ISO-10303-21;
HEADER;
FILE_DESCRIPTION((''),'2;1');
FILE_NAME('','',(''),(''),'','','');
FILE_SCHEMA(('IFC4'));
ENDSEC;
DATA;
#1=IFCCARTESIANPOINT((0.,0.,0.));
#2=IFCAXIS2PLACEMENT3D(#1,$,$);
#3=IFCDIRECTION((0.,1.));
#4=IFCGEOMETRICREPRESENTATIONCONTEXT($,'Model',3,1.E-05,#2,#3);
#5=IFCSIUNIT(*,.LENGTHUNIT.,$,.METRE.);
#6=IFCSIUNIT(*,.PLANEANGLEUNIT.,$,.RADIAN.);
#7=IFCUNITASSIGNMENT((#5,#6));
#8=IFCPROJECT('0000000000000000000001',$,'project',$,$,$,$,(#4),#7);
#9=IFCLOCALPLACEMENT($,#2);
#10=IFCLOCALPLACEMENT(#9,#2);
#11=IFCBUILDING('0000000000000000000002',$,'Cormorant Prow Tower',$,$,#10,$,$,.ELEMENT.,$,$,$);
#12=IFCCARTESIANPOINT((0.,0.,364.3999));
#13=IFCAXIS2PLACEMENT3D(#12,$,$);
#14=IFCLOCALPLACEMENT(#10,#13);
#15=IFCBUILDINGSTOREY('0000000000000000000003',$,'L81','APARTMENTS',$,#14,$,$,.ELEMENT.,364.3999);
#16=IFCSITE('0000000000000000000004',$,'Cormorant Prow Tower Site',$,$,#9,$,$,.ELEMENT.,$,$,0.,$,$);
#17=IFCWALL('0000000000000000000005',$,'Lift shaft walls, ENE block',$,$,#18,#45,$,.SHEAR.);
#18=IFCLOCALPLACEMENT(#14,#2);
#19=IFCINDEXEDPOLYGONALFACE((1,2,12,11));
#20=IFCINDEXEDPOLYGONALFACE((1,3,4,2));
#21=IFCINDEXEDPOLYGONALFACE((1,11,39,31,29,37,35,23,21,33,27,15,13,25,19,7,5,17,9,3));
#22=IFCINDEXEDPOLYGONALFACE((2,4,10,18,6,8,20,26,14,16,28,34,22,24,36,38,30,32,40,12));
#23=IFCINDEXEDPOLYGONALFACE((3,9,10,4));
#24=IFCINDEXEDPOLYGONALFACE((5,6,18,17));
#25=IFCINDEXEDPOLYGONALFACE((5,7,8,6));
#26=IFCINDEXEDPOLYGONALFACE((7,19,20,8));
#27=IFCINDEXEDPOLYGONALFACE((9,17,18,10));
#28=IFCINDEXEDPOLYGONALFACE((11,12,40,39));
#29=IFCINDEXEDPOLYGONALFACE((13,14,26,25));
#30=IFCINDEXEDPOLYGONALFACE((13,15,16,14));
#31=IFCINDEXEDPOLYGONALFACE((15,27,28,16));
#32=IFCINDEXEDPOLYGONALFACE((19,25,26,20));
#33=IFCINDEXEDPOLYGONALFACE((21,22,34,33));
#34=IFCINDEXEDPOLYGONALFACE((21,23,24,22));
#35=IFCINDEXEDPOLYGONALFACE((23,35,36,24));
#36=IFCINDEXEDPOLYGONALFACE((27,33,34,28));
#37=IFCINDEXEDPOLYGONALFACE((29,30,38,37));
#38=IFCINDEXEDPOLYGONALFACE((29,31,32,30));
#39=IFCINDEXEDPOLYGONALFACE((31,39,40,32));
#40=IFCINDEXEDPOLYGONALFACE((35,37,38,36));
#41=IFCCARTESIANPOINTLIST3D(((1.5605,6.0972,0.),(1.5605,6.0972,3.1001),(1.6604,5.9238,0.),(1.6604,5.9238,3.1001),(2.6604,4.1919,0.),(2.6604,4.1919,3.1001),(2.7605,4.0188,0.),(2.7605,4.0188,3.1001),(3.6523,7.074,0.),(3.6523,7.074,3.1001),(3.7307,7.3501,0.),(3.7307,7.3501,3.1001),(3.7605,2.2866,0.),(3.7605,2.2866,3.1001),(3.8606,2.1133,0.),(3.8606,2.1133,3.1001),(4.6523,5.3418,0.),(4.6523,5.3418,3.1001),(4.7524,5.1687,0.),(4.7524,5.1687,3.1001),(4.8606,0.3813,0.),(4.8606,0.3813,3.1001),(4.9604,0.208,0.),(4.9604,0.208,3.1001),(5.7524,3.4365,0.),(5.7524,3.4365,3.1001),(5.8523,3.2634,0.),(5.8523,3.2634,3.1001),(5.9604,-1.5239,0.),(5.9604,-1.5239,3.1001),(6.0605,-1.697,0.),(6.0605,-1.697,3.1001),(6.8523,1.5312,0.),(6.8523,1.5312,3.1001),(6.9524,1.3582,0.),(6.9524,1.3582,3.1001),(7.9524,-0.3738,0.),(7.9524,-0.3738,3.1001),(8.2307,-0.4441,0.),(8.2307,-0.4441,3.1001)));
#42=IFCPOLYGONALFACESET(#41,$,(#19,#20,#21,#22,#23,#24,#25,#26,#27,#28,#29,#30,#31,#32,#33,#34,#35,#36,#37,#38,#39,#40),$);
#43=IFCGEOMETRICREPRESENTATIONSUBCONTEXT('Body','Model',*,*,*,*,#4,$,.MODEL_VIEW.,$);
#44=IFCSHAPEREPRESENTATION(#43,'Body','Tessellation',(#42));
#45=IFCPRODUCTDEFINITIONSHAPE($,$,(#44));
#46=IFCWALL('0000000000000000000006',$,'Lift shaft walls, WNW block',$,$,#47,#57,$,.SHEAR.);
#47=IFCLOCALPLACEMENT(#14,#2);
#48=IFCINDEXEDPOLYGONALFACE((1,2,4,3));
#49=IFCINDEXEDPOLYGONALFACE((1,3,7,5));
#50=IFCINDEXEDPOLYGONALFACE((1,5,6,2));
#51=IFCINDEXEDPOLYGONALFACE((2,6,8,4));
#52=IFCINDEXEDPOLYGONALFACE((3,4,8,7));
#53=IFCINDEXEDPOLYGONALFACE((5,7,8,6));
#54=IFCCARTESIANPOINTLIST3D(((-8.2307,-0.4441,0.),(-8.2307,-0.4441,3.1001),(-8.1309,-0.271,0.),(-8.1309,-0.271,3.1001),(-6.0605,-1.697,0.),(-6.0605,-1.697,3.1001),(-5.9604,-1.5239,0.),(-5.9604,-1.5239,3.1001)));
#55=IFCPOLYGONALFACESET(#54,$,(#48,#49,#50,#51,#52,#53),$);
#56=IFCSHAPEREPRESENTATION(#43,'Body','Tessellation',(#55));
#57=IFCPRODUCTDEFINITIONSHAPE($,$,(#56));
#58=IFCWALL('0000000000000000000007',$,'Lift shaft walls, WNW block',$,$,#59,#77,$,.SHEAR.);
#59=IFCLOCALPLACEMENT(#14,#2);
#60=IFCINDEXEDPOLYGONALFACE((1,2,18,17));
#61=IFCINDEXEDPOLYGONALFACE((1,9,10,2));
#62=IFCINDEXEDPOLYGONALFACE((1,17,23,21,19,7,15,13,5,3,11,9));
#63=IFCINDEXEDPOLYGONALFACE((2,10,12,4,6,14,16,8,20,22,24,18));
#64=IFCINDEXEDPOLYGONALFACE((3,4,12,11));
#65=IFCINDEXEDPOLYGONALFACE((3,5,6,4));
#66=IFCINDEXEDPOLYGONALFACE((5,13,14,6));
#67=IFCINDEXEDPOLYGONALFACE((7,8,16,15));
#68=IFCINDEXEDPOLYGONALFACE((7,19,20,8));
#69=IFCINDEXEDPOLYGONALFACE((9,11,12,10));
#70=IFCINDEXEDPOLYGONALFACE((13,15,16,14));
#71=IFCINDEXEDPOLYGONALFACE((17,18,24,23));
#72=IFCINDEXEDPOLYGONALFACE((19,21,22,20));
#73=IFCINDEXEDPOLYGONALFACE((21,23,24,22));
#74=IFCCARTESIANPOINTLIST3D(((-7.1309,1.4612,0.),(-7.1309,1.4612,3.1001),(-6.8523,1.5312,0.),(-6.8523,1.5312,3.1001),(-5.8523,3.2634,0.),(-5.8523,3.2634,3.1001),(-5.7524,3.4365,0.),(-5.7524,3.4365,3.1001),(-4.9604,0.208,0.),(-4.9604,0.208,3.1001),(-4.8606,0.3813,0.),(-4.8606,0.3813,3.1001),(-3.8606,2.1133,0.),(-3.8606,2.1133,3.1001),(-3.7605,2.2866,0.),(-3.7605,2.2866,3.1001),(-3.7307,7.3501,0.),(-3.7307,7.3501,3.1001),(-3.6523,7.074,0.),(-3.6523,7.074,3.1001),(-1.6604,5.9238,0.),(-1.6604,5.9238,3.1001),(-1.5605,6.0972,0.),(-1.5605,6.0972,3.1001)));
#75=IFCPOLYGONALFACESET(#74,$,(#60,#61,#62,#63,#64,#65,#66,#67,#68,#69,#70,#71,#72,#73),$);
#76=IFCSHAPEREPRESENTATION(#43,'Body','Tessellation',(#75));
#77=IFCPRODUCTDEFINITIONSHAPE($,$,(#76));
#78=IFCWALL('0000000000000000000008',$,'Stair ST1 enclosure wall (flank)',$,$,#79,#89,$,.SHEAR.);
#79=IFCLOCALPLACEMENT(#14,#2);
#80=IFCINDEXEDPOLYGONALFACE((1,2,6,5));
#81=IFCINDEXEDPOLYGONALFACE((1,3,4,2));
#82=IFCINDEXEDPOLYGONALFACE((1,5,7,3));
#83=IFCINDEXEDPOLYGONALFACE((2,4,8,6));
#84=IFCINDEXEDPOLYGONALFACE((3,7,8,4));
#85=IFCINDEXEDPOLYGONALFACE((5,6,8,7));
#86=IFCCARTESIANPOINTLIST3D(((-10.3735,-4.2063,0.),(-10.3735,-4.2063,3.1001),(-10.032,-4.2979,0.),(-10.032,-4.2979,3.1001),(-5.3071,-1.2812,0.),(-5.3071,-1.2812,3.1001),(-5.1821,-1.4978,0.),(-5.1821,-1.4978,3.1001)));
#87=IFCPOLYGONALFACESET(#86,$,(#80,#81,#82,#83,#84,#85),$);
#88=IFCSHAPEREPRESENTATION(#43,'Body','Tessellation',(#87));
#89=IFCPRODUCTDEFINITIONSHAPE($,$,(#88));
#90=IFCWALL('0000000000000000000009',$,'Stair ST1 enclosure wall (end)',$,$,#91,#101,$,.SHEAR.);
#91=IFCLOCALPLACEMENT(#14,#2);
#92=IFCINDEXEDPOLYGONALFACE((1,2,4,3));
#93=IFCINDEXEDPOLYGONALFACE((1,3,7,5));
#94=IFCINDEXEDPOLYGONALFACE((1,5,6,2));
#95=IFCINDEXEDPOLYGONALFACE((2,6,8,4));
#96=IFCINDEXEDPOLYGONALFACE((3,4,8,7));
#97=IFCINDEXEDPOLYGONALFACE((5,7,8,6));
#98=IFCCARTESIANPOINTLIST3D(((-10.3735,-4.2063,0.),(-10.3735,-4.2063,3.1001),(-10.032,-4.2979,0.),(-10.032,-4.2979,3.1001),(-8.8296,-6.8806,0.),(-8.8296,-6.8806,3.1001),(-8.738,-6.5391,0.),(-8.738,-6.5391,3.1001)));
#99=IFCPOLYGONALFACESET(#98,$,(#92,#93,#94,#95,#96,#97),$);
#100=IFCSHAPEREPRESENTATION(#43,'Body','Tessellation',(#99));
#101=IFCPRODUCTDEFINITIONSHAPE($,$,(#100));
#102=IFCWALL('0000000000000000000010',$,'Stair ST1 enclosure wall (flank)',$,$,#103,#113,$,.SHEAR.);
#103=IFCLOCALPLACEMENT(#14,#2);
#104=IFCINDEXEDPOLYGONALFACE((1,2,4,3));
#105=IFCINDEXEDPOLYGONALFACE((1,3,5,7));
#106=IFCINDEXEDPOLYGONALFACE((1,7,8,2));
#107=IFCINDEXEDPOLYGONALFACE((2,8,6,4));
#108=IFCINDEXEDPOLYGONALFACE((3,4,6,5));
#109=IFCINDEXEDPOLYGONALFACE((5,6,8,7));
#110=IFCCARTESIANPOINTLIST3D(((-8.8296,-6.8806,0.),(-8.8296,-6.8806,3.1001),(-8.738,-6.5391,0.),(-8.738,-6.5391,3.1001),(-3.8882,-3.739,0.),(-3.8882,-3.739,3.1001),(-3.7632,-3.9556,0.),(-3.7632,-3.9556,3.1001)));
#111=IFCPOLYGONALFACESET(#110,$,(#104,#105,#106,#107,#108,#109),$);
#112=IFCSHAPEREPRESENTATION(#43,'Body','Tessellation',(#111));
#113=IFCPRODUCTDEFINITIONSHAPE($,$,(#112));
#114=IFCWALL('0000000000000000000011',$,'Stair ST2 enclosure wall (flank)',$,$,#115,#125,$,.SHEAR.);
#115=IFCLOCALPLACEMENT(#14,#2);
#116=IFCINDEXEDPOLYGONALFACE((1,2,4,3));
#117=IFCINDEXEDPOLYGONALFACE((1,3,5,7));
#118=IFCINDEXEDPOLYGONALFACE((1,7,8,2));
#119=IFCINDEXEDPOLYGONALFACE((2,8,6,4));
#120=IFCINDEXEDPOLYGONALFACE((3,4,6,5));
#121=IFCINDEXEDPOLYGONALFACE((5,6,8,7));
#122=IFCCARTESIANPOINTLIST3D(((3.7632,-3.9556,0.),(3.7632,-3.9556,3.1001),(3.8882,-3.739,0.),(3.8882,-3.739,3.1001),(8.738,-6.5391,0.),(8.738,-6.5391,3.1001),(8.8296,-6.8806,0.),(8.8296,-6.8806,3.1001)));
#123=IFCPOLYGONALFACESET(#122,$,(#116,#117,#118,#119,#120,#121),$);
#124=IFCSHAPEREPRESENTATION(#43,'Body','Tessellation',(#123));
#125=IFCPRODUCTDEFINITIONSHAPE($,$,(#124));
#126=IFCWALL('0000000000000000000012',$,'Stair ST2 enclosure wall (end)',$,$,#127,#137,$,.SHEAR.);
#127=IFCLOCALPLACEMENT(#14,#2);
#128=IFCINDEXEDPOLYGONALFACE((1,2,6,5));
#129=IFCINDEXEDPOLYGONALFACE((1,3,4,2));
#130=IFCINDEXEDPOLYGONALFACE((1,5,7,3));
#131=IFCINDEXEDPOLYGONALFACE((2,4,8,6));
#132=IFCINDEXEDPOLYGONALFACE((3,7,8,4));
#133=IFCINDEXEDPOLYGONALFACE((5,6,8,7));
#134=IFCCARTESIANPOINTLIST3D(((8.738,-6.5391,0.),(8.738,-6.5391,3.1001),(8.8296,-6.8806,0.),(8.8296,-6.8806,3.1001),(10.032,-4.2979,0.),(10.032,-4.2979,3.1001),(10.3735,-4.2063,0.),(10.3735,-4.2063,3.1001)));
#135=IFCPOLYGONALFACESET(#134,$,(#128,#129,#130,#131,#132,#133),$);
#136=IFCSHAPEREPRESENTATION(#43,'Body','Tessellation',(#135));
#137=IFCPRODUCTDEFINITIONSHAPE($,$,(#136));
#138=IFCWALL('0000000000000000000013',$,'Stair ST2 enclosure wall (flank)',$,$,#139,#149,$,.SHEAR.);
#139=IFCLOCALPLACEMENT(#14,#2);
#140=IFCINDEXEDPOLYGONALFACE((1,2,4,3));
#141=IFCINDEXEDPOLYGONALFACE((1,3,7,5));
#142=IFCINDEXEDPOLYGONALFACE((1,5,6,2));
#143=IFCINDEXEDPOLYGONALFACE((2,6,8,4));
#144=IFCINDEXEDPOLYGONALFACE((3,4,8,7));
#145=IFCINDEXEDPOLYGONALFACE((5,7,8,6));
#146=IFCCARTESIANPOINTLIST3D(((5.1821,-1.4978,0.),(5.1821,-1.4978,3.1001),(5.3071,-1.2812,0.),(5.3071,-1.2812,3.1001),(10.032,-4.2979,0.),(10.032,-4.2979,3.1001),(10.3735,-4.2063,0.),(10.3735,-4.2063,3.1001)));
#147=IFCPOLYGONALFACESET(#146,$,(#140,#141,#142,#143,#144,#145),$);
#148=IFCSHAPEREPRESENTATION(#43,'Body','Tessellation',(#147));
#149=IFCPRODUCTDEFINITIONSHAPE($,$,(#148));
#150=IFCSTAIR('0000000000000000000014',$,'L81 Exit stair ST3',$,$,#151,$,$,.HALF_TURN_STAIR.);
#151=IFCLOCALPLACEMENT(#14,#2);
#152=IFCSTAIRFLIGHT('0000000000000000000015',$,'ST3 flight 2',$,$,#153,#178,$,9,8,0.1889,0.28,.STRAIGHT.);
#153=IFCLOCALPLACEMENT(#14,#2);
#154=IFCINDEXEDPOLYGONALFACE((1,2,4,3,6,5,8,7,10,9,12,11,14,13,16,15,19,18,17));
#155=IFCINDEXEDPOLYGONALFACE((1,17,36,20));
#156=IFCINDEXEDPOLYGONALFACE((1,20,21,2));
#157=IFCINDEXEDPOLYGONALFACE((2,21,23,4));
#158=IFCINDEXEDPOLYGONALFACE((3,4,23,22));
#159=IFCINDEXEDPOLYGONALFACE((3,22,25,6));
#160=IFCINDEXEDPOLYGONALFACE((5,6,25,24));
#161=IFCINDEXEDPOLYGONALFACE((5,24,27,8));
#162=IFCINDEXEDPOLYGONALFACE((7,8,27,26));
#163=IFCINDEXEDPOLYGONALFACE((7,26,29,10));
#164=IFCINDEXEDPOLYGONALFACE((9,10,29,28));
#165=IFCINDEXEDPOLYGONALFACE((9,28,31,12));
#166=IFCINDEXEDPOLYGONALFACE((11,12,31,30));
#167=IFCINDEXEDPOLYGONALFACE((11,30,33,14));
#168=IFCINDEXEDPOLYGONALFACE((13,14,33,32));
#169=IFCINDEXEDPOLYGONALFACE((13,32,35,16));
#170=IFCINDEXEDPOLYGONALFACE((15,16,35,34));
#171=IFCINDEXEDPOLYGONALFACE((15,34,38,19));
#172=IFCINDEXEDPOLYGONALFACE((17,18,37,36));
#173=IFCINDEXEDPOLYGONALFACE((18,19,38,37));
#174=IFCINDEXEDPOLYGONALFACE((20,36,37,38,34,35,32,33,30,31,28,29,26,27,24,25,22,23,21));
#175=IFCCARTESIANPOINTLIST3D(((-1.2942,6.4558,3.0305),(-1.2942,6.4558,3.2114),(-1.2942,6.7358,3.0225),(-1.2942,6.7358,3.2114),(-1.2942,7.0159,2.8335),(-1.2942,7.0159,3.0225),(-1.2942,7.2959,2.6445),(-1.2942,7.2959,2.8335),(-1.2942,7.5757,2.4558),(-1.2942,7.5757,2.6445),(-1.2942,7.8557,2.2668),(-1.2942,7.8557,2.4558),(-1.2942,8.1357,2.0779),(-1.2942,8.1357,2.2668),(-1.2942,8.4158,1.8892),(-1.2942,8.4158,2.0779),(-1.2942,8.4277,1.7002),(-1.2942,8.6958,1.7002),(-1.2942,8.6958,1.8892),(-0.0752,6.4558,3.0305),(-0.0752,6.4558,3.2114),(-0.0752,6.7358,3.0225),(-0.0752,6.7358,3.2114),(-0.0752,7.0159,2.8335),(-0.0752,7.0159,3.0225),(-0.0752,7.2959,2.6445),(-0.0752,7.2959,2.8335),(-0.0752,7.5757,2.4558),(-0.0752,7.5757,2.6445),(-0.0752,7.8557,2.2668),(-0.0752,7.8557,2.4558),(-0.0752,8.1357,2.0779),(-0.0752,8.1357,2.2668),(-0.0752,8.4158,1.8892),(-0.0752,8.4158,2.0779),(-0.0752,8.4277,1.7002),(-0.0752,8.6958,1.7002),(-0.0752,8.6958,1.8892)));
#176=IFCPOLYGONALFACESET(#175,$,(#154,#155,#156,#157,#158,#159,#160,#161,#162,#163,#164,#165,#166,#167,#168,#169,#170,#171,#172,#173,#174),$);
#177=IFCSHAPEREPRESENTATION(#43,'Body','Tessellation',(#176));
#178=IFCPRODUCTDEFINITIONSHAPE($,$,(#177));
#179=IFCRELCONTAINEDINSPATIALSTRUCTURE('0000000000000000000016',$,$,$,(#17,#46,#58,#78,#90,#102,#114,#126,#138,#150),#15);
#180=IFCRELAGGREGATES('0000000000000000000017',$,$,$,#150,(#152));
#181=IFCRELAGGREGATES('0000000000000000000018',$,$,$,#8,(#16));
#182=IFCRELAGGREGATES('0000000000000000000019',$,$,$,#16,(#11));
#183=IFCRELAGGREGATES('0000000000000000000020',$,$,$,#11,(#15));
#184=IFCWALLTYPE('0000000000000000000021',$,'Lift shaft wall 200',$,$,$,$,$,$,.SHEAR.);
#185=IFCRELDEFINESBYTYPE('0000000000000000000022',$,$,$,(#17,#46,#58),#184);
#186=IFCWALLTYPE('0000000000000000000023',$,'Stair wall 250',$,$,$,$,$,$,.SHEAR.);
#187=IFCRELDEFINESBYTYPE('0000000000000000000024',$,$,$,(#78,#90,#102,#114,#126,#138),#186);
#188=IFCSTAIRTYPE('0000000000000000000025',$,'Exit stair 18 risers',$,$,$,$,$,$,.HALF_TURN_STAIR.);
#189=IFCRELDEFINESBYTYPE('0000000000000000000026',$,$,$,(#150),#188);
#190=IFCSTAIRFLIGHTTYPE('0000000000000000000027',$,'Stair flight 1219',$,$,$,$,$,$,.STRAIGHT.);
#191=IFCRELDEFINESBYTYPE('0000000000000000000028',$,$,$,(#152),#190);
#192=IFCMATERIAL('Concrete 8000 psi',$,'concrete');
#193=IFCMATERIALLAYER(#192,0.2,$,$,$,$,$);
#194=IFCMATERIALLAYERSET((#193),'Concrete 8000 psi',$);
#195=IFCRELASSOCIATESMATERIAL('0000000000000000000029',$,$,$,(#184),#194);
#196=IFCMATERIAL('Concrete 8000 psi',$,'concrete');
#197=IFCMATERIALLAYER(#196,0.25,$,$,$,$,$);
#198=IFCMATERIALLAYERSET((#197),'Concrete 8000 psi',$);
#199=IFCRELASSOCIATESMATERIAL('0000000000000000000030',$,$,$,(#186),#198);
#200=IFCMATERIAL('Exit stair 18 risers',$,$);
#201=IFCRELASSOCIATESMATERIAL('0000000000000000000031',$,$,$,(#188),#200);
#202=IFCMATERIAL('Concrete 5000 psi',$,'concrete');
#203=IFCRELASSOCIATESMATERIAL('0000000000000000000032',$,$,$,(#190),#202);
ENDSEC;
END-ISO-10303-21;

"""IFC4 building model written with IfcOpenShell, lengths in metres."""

from ifc_helpers import new_model, si_unit, direction, frame, origin, place, context, subcontext, project, spatial, polyline, outline, extrude, material, layer, layer_set, type_object, element, aggregate, save


model = new_model("IFC4")

# Units and contexts
model_context = context("Model", 3, precision=1e-05, world=origin(), true_north=direction((0.0, 1.0)))
body_context = subcontext(model_context, "Body", "Model", "MODEL_VIEW")
ifc_project = project(units=[si_unit("LENGTHUNIT", "METRE"), si_unit("PLANEANGLEUNIT", "RADIAN")], contexts=[model_context])

# Site, building, storey
site_placement = place(None, origin())
site = spatial("IfcSite", under=ifc_project, at=site_placement, Name="Cormorant Prow Tower Site", CompositionType="ELEMENT", RefElevation=0.0)
building_placement = place(site_placement, origin())
building = spatial("IfcBuilding", under=site, at=building_placement, Name="Cormorant Prow Tower", CompositionType="ELEMENT")
storey_placement = place(building_placement, frame((0.0, 0.0, 364.3999)))
storey = spatial("IfcBuildingStorey", under=building, at=storey_placement, Name="L81", Description="APARTMENTS", CompositionType="ELEMENT", Elevation=364.3999)

# Walls
ifc_material_1 = material(Name="Concrete 8000 psi", Category="concrete")
ifc_layer_1 = layer(ifc_material_1, 0.2)
ifc_layer_set_1 = layer_set([ifc_layer_1], Name="Concrete 8000 psi")
wall_type_1 = type_object("IfcWallType", Name="Lift shaft wall 200", PredefinedType="SHEAR", material=ifc_layer_set_1)
wall_1_placement = place(storey_placement, origin())
element("IfcWall", 1, at=wall_1_placement, inside=storey, type_object=wall_type_1, Name="Lift shaft walls, ENE block", PredefinedType="SHEAR", context=body_context, shape_type="SweptSolid", body=[
    extrude(outline(polyline([(1.5605, 6.0972), (3.7307, 7.3501), (8.2307, -0.4441), (6.0605, -1.697), (5.9604, -1.5239), (7.9524, -0.3738), (6.9524, 1.3582), (4.9604, 0.208), (4.8606, 0.3813), (6.8523, 1.5312), (5.8523, 3.2634), (3.8606, 2.1133), (3.7605, 2.2866), (5.7524, 3.4365), (4.7524, 5.1687), (2.7605, 4.0188), (2.6604, 4.1919), (4.6523, 5.3418), (3.6523, 7.074), (1.6604, 5.9238), (1.5605, 6.0972)])), origin(), (0.0, 0.0, 1.0), 3.1001),
])
wall_2_placement = place(storey_placement, origin())
element("IfcWall", 2, at=wall_2_placement, inside=storey, type_object=wall_type_1, Name="Lift shaft walls, WNW block", PredefinedType="SHEAR", context=body_context, shape_type="SweptSolid", body=[
    extrude(outline(polyline([(-6.0605, -1.697), (-8.2307, -0.4441), (-8.1309, -0.271), (-5.9604, -1.5239), (-6.0605, -1.697)])), origin(), (0.0, 0.0, 1.0), 3.1001),
])
wall_3_placement = place(storey_placement, origin())
element("IfcWall", 3, at=wall_3_placement, inside=storey, type_object=wall_type_1, Name="Lift shaft walls, WNW block", PredefinedType="SHEAR", context=body_context, shape_type="SweptSolid", body=[
    extrude(outline(polyline([(-4.9604, 0.208), (-7.1309, 1.4612), (-3.7307, 7.3501), (-1.5605, 6.0972), (-1.6604, 5.9238), (-3.6523, 7.074), (-5.7524, 3.4365), (-3.7605, 2.2866), (-3.8606, 2.1133), (-5.8523, 3.2634), (-6.8523, 1.5312), (-4.8606, 0.3813), (-4.9604, 0.208)])), origin(), (0.0, 0.0, 1.0), 3.1001),
])
ifc_material_2 = material(Name="Concrete 8000 psi", Category="concrete")
ifc_layer_2 = layer(ifc_material_2, 0.25)
ifc_layer_set_2 = layer_set([ifc_layer_2], Name="Concrete 8000 psi")
wall_type_2 = type_object("IfcWallType", Name="Stair wall 250", PredefinedType="SHEAR", material=ifc_layer_set_2)
wall_4_placement = place(storey_placement, origin())
element("IfcWall", 4, at=wall_4_placement, inside=storey, type_object=wall_type_2, Name="Stair ST1 enclosure wall (flank)", PredefinedType="SHEAR", context=body_context, shape_type="SweptSolid", body=[
    extrude(outline(polyline([(-5.3071, -1.2812), (-10.3735, -4.2063), (-10.032, -4.2979), (-5.1821, -1.4978), (-5.3071, -1.2812)])), origin(), (0.0, 0.0, 1.0), 3.1001),
])
wall_5_placement = place(storey_placement, origin())
element("IfcWall", 5, at=wall_5_placement, inside=storey, type_object=wall_type_2, Name="Stair ST1 enclosure wall (end)", PredefinedType="SHEAR", context=body_context, shape_type="SweptSolid", body=[
    extrude(outline(polyline([(-10.3735, -4.2063), (-8.8296, -6.8806), (-8.738, -6.5391), (-10.032, -4.2979), (-10.3735, -4.2063)])), origin(), (0.0, 0.0, 1.0), 3.1001),
])
wall_6_placement = place(storey_placement, origin())
element("IfcWall", 6, at=wall_6_placement, inside=storey, type_object=wall_type_2, Name="Stair ST1 enclosure wall (flank)", PredefinedType="SHEAR", context=body_context, shape_type="SweptSolid", body=[
    extrude(outline(polyline([(-8.738, -6.5391), (-8.8296, -6.8806), (-3.7632, -3.9556), (-3.8882, -3.739), (-8.738, -6.5391)])), origin(), (0.0, 0.0, 1.0), 3.1001),
])
wall_7_placement = place(storey_placement, origin())
element("IfcWall", 7, at=wall_7_placement, inside=storey, type_object=wall_type_2, Name="Stair ST2 enclosure wall (flank)", PredefinedType="SHEAR", context=body_context, shape_type="SweptSolid", body=[
    extrude(outline(polyline([(3.7632, -3.9556), (8.8296, -6.8806), (8.738, -6.5391), (3.8882, -3.739), (3.7632, -3.9556)])), origin(), (0.0, 0.0, 1.0), 3.1001),
])
wall_8_placement = place(storey_placement, origin())
element("IfcWall", 8, at=wall_8_placement, inside=storey, type_object=wall_type_2, Name="Stair ST2 enclosure wall (end)", PredefinedType="SHEAR", context=body_context, shape_type="SweptSolid", body=[
    extrude(outline(polyline([(8.8296, -6.8806), (10.3735, -4.2063), (10.032, -4.2979), (8.738, -6.5391), (8.8296, -6.8806)])), origin(), (0.0, 0.0, 1.0), 3.1001),
])
wall_9_placement = place(storey_placement, origin())
element("IfcWall", 9, at=wall_9_placement, inside=storey, type_object=wall_type_2, Name="Stair ST2 enclosure wall (flank)", PredefinedType="SHEAR", context=body_context, shape_type="SweptSolid", body=[
    extrude(outline(polyline([(10.032, -4.2979), (10.3735, -4.2063), (5.3071, -1.2812), (5.1821, -1.4978), (10.032, -4.2979)])), origin(), (0.0, 0.0, 1.0), 3.1001),
])

# Stair, stair flight
ifc_material_3 = material(Name="Exit stair 18 risers")
stair_type = type_object("IfcStairType", Name="Exit stair 18 risers", PredefinedType="HALF_TURN_STAIR", material=ifc_material_3)
stair_placement = place(storey_placement, origin())
stair = element("IfcStair", 10, at=stair_placement, inside=storey, type_object=stair_type, Name="L81 Exit stair ST3", PredefinedType="HALF_TURN_STAIR")
ifc_material_4 = material(Name="Concrete 5000 psi", Category="concrete")
stair_flight_type = type_object("IfcStairFlightType", Name="Stair flight 1219", PredefinedType="STRAIGHT", material=ifc_material_4)
stair_flight_placement = place(storey_placement, frame((-0.6846, 8.6958, 1.7002), z_axis=(0.0, 0.0, 1.0), x_axis=(0.0, -1.0, 0.0)))
stair_flight = element("IfcStairFlight", 11, at=stair_flight_placement, type_object=stair_flight_type, Name="ST3 flight 2", NumberOfRisers=9, NumberOfTreads=8, PredefinedType="STRAIGHT", RiserHeight=0.1889, TreadLength=0.28, context=body_context, shape_type="SweptSolid", body=[
    extrude(outline(polyline([(0.0, 0.0), (0.0, 0.189), (0.28, 0.189), (0.28, 0.3777), (0.5601, 0.3777), (0.5601, 0.5667), (0.8401, 0.5667), (0.8401, 0.7556), (1.1201, 0.7556), (1.1201, 0.9443), (1.3999, 0.9443), (1.3999, 1.1333), (1.6799, 1.1333), (1.6799, 1.3223), (1.96, 1.3223), (1.96, 1.5112), (2.24, 1.5112), (2.24, 1.7), (2.24, 1.3303), (0.2681, 0.0), (0.0, 0.0)])), frame((0.0, 0.6094, 0.0), z_axis=(0.0, -1.0, 0.0), x_axis=(1.0, 0.0, 0.0)), (0.0, 0.0, 1.0), 1.219),
])
aggregate(stair, [stair_flight])

save(model, "model.ifc")
